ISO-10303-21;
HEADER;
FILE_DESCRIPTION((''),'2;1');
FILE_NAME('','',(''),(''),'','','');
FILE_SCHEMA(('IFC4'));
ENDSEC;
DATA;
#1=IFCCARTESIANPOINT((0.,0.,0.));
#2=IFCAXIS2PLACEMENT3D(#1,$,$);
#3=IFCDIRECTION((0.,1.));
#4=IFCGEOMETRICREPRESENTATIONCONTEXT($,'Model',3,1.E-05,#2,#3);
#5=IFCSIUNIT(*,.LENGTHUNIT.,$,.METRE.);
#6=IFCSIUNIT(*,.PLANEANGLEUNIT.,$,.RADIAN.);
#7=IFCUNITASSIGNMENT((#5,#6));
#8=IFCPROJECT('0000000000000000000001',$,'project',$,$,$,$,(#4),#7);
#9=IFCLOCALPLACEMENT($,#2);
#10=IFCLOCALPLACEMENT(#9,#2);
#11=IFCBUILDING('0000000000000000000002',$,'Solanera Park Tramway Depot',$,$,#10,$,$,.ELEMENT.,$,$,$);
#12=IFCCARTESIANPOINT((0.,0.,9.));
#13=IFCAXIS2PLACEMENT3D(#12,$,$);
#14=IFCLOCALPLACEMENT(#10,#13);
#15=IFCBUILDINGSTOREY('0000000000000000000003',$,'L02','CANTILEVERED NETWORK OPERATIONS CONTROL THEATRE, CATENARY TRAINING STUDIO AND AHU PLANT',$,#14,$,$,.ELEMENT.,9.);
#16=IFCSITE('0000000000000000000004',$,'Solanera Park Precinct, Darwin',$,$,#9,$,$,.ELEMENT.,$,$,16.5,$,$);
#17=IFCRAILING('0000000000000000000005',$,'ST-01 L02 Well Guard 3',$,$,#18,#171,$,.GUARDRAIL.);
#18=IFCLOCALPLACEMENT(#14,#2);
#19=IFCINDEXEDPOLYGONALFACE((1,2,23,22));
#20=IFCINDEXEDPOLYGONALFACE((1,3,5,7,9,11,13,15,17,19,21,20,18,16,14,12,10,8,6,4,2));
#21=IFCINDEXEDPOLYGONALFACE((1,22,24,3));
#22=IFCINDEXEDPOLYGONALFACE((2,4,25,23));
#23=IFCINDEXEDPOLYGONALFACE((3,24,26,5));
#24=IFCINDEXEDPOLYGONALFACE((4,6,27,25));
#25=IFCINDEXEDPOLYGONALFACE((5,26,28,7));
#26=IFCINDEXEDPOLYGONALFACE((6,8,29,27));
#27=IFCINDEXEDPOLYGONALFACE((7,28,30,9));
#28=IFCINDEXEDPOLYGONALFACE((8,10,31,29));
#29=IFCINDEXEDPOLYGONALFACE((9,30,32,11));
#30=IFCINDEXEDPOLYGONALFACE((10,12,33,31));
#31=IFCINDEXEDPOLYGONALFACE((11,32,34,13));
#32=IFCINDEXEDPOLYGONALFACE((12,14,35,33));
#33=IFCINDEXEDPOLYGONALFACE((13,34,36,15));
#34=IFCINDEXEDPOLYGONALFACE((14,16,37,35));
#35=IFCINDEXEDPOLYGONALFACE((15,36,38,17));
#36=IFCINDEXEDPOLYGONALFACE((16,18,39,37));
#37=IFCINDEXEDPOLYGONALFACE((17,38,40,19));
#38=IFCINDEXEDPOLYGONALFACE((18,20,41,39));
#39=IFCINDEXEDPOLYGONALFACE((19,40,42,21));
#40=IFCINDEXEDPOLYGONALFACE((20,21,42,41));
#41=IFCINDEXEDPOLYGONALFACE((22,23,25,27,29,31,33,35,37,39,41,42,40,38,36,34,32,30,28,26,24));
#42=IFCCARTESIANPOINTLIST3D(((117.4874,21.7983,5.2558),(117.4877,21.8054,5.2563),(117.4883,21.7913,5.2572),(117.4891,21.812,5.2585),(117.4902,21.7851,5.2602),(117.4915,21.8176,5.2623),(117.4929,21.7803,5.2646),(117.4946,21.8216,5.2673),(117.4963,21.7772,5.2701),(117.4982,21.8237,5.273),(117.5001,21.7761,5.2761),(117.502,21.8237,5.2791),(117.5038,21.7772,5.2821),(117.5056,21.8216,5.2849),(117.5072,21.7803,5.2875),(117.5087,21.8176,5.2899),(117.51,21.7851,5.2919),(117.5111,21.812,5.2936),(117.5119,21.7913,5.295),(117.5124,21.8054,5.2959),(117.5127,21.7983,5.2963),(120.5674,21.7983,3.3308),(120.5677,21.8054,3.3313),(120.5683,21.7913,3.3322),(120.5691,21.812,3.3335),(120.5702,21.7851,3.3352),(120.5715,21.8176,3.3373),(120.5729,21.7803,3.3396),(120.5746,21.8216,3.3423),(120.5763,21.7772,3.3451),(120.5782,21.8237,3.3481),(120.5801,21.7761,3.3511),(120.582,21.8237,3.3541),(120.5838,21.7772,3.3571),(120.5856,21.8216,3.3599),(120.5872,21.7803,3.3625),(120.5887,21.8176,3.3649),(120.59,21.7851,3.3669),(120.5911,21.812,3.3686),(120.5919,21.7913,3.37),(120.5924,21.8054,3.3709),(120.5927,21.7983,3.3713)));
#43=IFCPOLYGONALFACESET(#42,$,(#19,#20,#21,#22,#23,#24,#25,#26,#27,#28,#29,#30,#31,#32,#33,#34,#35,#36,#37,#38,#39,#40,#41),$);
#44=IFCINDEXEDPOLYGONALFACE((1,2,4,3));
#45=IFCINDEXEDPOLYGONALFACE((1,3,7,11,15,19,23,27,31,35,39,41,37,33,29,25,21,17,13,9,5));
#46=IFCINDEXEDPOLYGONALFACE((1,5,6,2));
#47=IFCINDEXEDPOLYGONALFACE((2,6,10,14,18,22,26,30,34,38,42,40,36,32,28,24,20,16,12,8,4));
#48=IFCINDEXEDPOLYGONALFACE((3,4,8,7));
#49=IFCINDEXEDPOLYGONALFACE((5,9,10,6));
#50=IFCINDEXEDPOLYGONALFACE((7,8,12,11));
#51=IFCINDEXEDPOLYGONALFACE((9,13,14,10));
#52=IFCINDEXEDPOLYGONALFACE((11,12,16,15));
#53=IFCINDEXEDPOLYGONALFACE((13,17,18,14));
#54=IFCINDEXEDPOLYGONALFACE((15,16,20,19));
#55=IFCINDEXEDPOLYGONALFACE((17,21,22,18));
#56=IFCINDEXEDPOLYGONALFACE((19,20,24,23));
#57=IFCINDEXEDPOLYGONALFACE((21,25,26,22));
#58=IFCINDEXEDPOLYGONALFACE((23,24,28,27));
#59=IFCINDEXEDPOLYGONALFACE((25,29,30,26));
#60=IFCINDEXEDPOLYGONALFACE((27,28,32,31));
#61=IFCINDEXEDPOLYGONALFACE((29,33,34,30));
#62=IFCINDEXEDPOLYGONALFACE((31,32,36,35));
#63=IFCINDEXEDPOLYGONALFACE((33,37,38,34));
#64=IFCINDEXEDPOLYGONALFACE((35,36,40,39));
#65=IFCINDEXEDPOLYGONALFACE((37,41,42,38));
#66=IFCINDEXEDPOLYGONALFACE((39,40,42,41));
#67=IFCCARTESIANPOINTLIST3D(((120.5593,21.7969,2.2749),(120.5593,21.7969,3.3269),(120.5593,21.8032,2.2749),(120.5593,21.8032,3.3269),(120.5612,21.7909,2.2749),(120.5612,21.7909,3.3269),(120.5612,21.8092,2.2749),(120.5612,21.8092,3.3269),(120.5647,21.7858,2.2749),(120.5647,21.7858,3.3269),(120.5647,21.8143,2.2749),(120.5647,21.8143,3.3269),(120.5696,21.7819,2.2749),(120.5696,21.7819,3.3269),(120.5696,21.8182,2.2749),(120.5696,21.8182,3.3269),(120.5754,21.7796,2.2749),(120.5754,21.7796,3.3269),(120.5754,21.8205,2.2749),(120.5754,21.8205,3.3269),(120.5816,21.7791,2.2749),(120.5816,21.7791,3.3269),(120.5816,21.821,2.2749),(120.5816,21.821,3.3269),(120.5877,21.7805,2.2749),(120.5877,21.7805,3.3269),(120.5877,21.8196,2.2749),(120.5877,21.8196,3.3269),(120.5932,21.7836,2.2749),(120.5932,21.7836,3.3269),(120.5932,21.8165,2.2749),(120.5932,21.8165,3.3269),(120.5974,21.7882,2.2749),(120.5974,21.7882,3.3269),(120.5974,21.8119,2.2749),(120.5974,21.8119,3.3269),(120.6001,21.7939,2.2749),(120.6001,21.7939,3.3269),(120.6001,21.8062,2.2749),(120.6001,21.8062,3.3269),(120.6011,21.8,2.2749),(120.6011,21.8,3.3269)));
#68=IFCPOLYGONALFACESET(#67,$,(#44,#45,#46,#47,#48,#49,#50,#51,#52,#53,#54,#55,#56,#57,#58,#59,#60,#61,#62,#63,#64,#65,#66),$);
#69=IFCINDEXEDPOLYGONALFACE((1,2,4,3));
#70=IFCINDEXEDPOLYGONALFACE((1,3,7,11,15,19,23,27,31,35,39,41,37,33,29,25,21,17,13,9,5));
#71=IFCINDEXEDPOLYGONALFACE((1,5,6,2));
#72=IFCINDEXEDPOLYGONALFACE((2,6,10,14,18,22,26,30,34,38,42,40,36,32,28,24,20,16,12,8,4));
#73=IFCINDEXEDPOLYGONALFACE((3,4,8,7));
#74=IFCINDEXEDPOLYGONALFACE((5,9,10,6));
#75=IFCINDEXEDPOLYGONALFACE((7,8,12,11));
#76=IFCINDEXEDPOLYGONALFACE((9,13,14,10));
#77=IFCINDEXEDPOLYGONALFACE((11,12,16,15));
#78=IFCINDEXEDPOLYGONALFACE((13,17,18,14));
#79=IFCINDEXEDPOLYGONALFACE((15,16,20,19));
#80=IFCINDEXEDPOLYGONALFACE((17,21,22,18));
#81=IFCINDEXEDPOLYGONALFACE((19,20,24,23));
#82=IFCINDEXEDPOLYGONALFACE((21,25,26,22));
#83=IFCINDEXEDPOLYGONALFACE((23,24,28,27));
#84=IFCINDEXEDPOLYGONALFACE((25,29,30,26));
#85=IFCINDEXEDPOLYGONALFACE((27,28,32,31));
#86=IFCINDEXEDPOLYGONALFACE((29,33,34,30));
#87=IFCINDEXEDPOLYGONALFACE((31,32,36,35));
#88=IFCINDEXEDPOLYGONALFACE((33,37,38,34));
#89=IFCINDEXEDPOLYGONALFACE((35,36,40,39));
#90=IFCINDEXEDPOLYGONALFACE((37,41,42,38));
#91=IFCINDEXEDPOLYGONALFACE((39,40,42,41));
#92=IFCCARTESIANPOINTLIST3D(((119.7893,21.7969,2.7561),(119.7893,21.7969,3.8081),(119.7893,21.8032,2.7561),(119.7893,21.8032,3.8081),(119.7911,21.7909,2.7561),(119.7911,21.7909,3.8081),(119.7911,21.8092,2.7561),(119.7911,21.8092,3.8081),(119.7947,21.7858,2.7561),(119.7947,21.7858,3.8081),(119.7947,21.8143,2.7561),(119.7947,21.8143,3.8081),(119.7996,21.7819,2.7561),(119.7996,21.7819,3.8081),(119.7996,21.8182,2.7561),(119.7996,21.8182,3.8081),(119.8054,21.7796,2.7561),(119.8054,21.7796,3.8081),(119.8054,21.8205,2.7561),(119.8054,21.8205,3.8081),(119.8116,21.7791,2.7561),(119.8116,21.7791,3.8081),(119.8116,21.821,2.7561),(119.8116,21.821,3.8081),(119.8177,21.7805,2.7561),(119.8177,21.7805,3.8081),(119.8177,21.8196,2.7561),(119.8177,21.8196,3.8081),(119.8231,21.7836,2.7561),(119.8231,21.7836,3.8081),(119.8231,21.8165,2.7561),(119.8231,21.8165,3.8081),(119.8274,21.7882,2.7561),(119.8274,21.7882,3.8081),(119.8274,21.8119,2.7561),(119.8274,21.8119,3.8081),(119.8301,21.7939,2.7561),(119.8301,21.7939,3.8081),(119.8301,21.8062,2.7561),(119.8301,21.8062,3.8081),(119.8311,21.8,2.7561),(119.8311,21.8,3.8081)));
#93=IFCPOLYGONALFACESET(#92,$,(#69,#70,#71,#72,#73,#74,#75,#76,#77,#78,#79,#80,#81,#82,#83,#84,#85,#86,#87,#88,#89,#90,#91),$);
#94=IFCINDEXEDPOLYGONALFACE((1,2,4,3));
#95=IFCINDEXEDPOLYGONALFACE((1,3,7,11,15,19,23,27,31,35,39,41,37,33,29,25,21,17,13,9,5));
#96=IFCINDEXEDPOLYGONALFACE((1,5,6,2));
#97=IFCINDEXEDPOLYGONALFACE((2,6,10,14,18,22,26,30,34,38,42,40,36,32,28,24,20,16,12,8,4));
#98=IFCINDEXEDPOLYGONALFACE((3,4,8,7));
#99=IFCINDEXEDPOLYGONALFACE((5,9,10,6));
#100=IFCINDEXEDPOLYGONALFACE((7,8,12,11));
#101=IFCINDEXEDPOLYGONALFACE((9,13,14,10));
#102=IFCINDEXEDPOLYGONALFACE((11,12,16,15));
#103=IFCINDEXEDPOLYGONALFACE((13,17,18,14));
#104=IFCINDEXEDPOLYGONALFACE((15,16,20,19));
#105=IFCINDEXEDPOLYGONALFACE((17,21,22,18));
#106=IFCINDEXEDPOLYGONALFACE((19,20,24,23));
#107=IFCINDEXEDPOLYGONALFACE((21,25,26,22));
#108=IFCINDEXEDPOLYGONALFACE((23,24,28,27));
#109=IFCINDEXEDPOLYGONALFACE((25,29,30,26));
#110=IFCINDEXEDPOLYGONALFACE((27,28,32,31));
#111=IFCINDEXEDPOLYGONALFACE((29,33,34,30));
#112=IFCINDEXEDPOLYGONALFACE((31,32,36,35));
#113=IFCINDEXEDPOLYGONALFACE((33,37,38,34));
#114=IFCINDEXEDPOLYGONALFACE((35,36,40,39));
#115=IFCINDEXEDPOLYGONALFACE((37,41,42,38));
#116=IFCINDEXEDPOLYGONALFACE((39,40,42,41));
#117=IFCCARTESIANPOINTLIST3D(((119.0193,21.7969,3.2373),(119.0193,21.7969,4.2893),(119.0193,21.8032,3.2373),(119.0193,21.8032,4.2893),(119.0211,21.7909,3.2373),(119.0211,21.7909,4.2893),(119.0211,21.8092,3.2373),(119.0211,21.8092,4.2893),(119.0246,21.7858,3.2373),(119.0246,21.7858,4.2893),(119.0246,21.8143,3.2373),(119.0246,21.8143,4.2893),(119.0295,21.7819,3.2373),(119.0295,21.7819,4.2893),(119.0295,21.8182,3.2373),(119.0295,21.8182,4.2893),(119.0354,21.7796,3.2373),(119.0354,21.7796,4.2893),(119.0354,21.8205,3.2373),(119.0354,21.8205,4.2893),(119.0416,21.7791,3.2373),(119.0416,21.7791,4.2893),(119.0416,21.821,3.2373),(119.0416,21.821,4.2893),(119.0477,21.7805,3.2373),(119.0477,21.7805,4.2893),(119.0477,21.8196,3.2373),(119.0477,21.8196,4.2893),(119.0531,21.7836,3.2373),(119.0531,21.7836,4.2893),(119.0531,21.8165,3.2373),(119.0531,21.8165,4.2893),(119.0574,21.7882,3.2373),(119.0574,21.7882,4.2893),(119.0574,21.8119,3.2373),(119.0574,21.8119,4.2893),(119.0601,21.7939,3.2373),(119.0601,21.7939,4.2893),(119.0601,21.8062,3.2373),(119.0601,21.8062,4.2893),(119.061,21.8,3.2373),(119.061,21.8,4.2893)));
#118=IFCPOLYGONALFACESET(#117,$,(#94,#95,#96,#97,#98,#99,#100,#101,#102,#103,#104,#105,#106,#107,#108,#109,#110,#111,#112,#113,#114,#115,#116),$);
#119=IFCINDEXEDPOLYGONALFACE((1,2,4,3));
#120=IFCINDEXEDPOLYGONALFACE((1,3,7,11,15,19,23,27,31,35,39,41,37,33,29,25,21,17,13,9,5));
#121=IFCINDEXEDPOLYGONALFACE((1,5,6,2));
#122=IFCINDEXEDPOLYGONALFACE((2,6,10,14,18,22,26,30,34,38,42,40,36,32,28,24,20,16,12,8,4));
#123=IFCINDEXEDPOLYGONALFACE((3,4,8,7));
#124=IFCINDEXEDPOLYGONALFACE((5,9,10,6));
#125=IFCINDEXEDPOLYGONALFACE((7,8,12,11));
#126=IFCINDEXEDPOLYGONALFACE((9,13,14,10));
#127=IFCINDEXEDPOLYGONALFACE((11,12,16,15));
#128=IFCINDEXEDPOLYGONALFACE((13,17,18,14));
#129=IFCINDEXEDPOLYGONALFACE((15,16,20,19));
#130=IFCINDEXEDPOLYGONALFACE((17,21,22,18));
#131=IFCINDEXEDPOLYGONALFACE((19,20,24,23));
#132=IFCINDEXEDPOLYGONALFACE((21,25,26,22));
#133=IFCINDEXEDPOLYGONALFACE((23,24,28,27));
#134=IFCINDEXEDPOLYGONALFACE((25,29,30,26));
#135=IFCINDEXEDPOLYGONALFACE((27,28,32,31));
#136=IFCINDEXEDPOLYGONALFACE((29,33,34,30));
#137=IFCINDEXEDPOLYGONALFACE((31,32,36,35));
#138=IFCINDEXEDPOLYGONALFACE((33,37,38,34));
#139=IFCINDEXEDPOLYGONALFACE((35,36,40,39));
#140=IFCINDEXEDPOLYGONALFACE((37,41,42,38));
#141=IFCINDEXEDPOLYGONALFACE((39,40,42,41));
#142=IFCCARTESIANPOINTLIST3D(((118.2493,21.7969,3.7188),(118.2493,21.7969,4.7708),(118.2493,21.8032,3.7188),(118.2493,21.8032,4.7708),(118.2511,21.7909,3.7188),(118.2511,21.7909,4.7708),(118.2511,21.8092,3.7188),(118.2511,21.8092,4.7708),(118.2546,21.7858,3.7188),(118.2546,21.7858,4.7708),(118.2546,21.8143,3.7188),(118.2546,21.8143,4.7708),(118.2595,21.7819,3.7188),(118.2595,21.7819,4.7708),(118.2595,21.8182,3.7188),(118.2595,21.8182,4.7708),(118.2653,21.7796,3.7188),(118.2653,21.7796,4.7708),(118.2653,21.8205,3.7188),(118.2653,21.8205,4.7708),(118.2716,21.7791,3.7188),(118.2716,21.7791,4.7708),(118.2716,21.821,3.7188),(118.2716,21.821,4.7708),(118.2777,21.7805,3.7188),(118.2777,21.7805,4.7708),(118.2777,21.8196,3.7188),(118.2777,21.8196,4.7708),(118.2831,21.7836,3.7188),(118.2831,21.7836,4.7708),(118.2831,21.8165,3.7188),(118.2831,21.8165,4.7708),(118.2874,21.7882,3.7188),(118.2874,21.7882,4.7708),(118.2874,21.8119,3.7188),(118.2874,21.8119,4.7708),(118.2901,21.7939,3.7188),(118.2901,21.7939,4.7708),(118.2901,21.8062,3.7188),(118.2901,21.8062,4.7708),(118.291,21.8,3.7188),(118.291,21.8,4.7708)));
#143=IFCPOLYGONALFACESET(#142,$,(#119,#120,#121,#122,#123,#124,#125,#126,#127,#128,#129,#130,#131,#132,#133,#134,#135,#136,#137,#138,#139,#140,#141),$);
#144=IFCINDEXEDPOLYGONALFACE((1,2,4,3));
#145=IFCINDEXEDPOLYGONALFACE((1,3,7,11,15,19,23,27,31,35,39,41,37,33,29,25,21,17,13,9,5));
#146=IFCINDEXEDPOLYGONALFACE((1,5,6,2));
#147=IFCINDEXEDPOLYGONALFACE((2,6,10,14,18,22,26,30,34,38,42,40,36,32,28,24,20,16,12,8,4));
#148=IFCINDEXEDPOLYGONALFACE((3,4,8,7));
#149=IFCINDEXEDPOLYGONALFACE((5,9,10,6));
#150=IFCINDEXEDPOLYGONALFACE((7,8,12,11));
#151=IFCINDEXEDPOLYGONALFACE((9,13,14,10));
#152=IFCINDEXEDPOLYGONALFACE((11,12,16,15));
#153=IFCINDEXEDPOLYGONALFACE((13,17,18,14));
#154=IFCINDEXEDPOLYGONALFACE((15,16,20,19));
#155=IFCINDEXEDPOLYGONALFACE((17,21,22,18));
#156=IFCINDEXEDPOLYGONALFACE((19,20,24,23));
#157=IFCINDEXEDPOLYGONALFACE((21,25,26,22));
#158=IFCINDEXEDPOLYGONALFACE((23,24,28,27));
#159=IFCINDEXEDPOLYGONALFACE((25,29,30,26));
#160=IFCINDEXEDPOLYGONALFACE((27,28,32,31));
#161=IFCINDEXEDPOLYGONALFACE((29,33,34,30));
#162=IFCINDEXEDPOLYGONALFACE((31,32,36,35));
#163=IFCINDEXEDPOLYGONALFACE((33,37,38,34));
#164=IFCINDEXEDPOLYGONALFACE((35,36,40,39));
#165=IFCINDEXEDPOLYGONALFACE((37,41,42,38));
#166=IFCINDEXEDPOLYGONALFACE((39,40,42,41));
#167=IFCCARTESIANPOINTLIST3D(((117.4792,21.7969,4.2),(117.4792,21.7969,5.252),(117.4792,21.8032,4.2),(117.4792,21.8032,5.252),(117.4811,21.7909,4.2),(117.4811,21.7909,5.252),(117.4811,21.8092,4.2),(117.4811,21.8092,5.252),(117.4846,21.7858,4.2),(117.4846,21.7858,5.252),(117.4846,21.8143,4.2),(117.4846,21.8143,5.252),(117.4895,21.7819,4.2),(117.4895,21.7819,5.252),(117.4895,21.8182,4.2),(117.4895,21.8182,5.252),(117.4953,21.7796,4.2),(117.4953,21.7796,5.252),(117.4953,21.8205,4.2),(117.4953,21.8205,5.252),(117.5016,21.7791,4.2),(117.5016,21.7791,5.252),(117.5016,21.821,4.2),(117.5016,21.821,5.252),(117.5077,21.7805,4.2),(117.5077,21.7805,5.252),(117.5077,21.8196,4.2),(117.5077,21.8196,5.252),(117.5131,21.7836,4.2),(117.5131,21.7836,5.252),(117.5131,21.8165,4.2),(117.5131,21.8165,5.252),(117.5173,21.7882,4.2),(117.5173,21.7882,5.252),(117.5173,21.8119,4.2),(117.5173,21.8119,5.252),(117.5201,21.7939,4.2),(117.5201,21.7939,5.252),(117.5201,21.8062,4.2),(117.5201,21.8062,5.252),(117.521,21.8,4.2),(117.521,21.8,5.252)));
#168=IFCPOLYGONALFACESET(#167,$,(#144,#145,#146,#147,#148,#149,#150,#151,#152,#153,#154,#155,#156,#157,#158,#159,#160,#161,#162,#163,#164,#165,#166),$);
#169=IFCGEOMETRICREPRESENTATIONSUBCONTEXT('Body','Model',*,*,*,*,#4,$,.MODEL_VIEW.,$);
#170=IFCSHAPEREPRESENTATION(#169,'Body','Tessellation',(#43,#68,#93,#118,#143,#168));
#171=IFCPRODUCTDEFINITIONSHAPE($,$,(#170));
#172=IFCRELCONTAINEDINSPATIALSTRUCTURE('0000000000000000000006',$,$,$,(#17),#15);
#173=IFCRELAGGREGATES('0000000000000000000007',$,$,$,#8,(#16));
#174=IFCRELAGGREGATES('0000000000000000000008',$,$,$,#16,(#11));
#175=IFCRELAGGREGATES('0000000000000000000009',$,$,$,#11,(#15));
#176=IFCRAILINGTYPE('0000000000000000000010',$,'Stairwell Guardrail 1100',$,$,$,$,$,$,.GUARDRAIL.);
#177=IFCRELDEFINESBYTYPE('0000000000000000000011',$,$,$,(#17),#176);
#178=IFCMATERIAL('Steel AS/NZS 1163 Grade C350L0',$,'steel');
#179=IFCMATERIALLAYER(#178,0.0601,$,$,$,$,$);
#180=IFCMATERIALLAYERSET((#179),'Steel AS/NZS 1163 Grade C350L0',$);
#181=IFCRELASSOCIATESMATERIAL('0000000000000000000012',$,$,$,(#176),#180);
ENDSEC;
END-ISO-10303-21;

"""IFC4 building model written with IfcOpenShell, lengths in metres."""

from ifc_helpers import new_model, si_unit, direction, frame, origin, origin_2d, place, context, subcontext, project, spatial, circle, extrude, material, layer, layer_set, type_object, element, save


model = new_model("IFC4")

# Units and contexts
model_context = context("Model", 3, precision=1e-05, world=origin(), true_north=direction((0.0, 1.0)))
body_context = subcontext(model_context, "Body", "Model", "MODEL_VIEW")
ifc_project = project(units=[si_unit("LENGTHUNIT", "METRE"), si_unit("PLANEANGLEUNIT", "RADIAN")], contexts=[model_context])

# Site, building, storey
site_placement = place(None, origin())
site = spatial("IfcSite", under=ifc_project, at=site_placement, Name="Solanera Park Precinct, Darwin", CompositionType="ELEMENT", RefElevation=16.5)
building_placement = place(site_placement, origin())
building = spatial("IfcBuilding", under=site, at=building_placement, Name="Solanera Park Tramway Depot", CompositionType="ELEMENT")
storey_placement = place(building_placement, frame((0.0, 0.0, 9.0)))
storey = spatial("IfcBuildingStorey", under=building, at=storey_placement, Name="L02", Description="CANTILEVERED NETWORK OPERATIONS CONTROL THEATRE, CATENARY TRAINING STUDIO AND AHU PLANT", CompositionType="ELEMENT", Elevation=9.0)

# Railing
ifc_material_1 = material(Name="Steel AS/NZS 1163 Grade C350L0", Category="steel")
ifc_layer_1 = layer(ifc_material_1, 0.0601)
ifc_layer_set_1 = layer_set([ifc_layer_1], Name="Steel AS/NZS 1163 Grade C350L0")
railing_type_1 = type_object("IfcRailingType", Name="Stairwell Guardrail 1100", PredefinedType="GUARDRAIL", material=ifc_layer_set_1)
railing_1_placement = place(storey_placement, frame((120.5801, 21.8, 2.2749)))
element("IfcRailing", 1, at=railing_1_placement, inside=storey, type_object=railing_type_1, Name="ST-01 L02 Well Guard 3", PredefinedType="GUARDRAIL", context=body_context, shape_type="SweptSolid", body=[
    extrude(circle(Radius=0.0239, at=origin_2d()), frame((0.0, 0.0, 1.0762), z_axis=(-0.847998, 0.0, 0.529999), x_axis=(0.0, -1.0, 0.0)), (0.0, 0.0, 1.0), 3.6321),
    extrude(circle(Radius=0.021, at=origin_2d()), origin(), (0.0, 0.0, 1.0), 1.052),
    extrude(circle(Radius=0.021, at=origin_2d()), frame((-0.77, 0.0, 0.4812)), (0.0, 0.0, 1.0), 1.052),
    extrude(circle(Radius=0.021, at=origin_2d()), frame((-1.54, 0.0, 0.9624)), (0.0, 0.0, 1.0), 1.052),
    extrude(circle(Radius=0.021, at=origin_2d()), frame((-2.3101, 0.0, 1.4438)), (0.0, 0.0, 1.0), 1.052),
    extrude(circle(Radius=0.021, at=origin_2d()), frame((-3.0801, 0.0, 1.925)), (0.0, 0.0, 1.0), 1.052),
])

save(model, "model.ifc")
